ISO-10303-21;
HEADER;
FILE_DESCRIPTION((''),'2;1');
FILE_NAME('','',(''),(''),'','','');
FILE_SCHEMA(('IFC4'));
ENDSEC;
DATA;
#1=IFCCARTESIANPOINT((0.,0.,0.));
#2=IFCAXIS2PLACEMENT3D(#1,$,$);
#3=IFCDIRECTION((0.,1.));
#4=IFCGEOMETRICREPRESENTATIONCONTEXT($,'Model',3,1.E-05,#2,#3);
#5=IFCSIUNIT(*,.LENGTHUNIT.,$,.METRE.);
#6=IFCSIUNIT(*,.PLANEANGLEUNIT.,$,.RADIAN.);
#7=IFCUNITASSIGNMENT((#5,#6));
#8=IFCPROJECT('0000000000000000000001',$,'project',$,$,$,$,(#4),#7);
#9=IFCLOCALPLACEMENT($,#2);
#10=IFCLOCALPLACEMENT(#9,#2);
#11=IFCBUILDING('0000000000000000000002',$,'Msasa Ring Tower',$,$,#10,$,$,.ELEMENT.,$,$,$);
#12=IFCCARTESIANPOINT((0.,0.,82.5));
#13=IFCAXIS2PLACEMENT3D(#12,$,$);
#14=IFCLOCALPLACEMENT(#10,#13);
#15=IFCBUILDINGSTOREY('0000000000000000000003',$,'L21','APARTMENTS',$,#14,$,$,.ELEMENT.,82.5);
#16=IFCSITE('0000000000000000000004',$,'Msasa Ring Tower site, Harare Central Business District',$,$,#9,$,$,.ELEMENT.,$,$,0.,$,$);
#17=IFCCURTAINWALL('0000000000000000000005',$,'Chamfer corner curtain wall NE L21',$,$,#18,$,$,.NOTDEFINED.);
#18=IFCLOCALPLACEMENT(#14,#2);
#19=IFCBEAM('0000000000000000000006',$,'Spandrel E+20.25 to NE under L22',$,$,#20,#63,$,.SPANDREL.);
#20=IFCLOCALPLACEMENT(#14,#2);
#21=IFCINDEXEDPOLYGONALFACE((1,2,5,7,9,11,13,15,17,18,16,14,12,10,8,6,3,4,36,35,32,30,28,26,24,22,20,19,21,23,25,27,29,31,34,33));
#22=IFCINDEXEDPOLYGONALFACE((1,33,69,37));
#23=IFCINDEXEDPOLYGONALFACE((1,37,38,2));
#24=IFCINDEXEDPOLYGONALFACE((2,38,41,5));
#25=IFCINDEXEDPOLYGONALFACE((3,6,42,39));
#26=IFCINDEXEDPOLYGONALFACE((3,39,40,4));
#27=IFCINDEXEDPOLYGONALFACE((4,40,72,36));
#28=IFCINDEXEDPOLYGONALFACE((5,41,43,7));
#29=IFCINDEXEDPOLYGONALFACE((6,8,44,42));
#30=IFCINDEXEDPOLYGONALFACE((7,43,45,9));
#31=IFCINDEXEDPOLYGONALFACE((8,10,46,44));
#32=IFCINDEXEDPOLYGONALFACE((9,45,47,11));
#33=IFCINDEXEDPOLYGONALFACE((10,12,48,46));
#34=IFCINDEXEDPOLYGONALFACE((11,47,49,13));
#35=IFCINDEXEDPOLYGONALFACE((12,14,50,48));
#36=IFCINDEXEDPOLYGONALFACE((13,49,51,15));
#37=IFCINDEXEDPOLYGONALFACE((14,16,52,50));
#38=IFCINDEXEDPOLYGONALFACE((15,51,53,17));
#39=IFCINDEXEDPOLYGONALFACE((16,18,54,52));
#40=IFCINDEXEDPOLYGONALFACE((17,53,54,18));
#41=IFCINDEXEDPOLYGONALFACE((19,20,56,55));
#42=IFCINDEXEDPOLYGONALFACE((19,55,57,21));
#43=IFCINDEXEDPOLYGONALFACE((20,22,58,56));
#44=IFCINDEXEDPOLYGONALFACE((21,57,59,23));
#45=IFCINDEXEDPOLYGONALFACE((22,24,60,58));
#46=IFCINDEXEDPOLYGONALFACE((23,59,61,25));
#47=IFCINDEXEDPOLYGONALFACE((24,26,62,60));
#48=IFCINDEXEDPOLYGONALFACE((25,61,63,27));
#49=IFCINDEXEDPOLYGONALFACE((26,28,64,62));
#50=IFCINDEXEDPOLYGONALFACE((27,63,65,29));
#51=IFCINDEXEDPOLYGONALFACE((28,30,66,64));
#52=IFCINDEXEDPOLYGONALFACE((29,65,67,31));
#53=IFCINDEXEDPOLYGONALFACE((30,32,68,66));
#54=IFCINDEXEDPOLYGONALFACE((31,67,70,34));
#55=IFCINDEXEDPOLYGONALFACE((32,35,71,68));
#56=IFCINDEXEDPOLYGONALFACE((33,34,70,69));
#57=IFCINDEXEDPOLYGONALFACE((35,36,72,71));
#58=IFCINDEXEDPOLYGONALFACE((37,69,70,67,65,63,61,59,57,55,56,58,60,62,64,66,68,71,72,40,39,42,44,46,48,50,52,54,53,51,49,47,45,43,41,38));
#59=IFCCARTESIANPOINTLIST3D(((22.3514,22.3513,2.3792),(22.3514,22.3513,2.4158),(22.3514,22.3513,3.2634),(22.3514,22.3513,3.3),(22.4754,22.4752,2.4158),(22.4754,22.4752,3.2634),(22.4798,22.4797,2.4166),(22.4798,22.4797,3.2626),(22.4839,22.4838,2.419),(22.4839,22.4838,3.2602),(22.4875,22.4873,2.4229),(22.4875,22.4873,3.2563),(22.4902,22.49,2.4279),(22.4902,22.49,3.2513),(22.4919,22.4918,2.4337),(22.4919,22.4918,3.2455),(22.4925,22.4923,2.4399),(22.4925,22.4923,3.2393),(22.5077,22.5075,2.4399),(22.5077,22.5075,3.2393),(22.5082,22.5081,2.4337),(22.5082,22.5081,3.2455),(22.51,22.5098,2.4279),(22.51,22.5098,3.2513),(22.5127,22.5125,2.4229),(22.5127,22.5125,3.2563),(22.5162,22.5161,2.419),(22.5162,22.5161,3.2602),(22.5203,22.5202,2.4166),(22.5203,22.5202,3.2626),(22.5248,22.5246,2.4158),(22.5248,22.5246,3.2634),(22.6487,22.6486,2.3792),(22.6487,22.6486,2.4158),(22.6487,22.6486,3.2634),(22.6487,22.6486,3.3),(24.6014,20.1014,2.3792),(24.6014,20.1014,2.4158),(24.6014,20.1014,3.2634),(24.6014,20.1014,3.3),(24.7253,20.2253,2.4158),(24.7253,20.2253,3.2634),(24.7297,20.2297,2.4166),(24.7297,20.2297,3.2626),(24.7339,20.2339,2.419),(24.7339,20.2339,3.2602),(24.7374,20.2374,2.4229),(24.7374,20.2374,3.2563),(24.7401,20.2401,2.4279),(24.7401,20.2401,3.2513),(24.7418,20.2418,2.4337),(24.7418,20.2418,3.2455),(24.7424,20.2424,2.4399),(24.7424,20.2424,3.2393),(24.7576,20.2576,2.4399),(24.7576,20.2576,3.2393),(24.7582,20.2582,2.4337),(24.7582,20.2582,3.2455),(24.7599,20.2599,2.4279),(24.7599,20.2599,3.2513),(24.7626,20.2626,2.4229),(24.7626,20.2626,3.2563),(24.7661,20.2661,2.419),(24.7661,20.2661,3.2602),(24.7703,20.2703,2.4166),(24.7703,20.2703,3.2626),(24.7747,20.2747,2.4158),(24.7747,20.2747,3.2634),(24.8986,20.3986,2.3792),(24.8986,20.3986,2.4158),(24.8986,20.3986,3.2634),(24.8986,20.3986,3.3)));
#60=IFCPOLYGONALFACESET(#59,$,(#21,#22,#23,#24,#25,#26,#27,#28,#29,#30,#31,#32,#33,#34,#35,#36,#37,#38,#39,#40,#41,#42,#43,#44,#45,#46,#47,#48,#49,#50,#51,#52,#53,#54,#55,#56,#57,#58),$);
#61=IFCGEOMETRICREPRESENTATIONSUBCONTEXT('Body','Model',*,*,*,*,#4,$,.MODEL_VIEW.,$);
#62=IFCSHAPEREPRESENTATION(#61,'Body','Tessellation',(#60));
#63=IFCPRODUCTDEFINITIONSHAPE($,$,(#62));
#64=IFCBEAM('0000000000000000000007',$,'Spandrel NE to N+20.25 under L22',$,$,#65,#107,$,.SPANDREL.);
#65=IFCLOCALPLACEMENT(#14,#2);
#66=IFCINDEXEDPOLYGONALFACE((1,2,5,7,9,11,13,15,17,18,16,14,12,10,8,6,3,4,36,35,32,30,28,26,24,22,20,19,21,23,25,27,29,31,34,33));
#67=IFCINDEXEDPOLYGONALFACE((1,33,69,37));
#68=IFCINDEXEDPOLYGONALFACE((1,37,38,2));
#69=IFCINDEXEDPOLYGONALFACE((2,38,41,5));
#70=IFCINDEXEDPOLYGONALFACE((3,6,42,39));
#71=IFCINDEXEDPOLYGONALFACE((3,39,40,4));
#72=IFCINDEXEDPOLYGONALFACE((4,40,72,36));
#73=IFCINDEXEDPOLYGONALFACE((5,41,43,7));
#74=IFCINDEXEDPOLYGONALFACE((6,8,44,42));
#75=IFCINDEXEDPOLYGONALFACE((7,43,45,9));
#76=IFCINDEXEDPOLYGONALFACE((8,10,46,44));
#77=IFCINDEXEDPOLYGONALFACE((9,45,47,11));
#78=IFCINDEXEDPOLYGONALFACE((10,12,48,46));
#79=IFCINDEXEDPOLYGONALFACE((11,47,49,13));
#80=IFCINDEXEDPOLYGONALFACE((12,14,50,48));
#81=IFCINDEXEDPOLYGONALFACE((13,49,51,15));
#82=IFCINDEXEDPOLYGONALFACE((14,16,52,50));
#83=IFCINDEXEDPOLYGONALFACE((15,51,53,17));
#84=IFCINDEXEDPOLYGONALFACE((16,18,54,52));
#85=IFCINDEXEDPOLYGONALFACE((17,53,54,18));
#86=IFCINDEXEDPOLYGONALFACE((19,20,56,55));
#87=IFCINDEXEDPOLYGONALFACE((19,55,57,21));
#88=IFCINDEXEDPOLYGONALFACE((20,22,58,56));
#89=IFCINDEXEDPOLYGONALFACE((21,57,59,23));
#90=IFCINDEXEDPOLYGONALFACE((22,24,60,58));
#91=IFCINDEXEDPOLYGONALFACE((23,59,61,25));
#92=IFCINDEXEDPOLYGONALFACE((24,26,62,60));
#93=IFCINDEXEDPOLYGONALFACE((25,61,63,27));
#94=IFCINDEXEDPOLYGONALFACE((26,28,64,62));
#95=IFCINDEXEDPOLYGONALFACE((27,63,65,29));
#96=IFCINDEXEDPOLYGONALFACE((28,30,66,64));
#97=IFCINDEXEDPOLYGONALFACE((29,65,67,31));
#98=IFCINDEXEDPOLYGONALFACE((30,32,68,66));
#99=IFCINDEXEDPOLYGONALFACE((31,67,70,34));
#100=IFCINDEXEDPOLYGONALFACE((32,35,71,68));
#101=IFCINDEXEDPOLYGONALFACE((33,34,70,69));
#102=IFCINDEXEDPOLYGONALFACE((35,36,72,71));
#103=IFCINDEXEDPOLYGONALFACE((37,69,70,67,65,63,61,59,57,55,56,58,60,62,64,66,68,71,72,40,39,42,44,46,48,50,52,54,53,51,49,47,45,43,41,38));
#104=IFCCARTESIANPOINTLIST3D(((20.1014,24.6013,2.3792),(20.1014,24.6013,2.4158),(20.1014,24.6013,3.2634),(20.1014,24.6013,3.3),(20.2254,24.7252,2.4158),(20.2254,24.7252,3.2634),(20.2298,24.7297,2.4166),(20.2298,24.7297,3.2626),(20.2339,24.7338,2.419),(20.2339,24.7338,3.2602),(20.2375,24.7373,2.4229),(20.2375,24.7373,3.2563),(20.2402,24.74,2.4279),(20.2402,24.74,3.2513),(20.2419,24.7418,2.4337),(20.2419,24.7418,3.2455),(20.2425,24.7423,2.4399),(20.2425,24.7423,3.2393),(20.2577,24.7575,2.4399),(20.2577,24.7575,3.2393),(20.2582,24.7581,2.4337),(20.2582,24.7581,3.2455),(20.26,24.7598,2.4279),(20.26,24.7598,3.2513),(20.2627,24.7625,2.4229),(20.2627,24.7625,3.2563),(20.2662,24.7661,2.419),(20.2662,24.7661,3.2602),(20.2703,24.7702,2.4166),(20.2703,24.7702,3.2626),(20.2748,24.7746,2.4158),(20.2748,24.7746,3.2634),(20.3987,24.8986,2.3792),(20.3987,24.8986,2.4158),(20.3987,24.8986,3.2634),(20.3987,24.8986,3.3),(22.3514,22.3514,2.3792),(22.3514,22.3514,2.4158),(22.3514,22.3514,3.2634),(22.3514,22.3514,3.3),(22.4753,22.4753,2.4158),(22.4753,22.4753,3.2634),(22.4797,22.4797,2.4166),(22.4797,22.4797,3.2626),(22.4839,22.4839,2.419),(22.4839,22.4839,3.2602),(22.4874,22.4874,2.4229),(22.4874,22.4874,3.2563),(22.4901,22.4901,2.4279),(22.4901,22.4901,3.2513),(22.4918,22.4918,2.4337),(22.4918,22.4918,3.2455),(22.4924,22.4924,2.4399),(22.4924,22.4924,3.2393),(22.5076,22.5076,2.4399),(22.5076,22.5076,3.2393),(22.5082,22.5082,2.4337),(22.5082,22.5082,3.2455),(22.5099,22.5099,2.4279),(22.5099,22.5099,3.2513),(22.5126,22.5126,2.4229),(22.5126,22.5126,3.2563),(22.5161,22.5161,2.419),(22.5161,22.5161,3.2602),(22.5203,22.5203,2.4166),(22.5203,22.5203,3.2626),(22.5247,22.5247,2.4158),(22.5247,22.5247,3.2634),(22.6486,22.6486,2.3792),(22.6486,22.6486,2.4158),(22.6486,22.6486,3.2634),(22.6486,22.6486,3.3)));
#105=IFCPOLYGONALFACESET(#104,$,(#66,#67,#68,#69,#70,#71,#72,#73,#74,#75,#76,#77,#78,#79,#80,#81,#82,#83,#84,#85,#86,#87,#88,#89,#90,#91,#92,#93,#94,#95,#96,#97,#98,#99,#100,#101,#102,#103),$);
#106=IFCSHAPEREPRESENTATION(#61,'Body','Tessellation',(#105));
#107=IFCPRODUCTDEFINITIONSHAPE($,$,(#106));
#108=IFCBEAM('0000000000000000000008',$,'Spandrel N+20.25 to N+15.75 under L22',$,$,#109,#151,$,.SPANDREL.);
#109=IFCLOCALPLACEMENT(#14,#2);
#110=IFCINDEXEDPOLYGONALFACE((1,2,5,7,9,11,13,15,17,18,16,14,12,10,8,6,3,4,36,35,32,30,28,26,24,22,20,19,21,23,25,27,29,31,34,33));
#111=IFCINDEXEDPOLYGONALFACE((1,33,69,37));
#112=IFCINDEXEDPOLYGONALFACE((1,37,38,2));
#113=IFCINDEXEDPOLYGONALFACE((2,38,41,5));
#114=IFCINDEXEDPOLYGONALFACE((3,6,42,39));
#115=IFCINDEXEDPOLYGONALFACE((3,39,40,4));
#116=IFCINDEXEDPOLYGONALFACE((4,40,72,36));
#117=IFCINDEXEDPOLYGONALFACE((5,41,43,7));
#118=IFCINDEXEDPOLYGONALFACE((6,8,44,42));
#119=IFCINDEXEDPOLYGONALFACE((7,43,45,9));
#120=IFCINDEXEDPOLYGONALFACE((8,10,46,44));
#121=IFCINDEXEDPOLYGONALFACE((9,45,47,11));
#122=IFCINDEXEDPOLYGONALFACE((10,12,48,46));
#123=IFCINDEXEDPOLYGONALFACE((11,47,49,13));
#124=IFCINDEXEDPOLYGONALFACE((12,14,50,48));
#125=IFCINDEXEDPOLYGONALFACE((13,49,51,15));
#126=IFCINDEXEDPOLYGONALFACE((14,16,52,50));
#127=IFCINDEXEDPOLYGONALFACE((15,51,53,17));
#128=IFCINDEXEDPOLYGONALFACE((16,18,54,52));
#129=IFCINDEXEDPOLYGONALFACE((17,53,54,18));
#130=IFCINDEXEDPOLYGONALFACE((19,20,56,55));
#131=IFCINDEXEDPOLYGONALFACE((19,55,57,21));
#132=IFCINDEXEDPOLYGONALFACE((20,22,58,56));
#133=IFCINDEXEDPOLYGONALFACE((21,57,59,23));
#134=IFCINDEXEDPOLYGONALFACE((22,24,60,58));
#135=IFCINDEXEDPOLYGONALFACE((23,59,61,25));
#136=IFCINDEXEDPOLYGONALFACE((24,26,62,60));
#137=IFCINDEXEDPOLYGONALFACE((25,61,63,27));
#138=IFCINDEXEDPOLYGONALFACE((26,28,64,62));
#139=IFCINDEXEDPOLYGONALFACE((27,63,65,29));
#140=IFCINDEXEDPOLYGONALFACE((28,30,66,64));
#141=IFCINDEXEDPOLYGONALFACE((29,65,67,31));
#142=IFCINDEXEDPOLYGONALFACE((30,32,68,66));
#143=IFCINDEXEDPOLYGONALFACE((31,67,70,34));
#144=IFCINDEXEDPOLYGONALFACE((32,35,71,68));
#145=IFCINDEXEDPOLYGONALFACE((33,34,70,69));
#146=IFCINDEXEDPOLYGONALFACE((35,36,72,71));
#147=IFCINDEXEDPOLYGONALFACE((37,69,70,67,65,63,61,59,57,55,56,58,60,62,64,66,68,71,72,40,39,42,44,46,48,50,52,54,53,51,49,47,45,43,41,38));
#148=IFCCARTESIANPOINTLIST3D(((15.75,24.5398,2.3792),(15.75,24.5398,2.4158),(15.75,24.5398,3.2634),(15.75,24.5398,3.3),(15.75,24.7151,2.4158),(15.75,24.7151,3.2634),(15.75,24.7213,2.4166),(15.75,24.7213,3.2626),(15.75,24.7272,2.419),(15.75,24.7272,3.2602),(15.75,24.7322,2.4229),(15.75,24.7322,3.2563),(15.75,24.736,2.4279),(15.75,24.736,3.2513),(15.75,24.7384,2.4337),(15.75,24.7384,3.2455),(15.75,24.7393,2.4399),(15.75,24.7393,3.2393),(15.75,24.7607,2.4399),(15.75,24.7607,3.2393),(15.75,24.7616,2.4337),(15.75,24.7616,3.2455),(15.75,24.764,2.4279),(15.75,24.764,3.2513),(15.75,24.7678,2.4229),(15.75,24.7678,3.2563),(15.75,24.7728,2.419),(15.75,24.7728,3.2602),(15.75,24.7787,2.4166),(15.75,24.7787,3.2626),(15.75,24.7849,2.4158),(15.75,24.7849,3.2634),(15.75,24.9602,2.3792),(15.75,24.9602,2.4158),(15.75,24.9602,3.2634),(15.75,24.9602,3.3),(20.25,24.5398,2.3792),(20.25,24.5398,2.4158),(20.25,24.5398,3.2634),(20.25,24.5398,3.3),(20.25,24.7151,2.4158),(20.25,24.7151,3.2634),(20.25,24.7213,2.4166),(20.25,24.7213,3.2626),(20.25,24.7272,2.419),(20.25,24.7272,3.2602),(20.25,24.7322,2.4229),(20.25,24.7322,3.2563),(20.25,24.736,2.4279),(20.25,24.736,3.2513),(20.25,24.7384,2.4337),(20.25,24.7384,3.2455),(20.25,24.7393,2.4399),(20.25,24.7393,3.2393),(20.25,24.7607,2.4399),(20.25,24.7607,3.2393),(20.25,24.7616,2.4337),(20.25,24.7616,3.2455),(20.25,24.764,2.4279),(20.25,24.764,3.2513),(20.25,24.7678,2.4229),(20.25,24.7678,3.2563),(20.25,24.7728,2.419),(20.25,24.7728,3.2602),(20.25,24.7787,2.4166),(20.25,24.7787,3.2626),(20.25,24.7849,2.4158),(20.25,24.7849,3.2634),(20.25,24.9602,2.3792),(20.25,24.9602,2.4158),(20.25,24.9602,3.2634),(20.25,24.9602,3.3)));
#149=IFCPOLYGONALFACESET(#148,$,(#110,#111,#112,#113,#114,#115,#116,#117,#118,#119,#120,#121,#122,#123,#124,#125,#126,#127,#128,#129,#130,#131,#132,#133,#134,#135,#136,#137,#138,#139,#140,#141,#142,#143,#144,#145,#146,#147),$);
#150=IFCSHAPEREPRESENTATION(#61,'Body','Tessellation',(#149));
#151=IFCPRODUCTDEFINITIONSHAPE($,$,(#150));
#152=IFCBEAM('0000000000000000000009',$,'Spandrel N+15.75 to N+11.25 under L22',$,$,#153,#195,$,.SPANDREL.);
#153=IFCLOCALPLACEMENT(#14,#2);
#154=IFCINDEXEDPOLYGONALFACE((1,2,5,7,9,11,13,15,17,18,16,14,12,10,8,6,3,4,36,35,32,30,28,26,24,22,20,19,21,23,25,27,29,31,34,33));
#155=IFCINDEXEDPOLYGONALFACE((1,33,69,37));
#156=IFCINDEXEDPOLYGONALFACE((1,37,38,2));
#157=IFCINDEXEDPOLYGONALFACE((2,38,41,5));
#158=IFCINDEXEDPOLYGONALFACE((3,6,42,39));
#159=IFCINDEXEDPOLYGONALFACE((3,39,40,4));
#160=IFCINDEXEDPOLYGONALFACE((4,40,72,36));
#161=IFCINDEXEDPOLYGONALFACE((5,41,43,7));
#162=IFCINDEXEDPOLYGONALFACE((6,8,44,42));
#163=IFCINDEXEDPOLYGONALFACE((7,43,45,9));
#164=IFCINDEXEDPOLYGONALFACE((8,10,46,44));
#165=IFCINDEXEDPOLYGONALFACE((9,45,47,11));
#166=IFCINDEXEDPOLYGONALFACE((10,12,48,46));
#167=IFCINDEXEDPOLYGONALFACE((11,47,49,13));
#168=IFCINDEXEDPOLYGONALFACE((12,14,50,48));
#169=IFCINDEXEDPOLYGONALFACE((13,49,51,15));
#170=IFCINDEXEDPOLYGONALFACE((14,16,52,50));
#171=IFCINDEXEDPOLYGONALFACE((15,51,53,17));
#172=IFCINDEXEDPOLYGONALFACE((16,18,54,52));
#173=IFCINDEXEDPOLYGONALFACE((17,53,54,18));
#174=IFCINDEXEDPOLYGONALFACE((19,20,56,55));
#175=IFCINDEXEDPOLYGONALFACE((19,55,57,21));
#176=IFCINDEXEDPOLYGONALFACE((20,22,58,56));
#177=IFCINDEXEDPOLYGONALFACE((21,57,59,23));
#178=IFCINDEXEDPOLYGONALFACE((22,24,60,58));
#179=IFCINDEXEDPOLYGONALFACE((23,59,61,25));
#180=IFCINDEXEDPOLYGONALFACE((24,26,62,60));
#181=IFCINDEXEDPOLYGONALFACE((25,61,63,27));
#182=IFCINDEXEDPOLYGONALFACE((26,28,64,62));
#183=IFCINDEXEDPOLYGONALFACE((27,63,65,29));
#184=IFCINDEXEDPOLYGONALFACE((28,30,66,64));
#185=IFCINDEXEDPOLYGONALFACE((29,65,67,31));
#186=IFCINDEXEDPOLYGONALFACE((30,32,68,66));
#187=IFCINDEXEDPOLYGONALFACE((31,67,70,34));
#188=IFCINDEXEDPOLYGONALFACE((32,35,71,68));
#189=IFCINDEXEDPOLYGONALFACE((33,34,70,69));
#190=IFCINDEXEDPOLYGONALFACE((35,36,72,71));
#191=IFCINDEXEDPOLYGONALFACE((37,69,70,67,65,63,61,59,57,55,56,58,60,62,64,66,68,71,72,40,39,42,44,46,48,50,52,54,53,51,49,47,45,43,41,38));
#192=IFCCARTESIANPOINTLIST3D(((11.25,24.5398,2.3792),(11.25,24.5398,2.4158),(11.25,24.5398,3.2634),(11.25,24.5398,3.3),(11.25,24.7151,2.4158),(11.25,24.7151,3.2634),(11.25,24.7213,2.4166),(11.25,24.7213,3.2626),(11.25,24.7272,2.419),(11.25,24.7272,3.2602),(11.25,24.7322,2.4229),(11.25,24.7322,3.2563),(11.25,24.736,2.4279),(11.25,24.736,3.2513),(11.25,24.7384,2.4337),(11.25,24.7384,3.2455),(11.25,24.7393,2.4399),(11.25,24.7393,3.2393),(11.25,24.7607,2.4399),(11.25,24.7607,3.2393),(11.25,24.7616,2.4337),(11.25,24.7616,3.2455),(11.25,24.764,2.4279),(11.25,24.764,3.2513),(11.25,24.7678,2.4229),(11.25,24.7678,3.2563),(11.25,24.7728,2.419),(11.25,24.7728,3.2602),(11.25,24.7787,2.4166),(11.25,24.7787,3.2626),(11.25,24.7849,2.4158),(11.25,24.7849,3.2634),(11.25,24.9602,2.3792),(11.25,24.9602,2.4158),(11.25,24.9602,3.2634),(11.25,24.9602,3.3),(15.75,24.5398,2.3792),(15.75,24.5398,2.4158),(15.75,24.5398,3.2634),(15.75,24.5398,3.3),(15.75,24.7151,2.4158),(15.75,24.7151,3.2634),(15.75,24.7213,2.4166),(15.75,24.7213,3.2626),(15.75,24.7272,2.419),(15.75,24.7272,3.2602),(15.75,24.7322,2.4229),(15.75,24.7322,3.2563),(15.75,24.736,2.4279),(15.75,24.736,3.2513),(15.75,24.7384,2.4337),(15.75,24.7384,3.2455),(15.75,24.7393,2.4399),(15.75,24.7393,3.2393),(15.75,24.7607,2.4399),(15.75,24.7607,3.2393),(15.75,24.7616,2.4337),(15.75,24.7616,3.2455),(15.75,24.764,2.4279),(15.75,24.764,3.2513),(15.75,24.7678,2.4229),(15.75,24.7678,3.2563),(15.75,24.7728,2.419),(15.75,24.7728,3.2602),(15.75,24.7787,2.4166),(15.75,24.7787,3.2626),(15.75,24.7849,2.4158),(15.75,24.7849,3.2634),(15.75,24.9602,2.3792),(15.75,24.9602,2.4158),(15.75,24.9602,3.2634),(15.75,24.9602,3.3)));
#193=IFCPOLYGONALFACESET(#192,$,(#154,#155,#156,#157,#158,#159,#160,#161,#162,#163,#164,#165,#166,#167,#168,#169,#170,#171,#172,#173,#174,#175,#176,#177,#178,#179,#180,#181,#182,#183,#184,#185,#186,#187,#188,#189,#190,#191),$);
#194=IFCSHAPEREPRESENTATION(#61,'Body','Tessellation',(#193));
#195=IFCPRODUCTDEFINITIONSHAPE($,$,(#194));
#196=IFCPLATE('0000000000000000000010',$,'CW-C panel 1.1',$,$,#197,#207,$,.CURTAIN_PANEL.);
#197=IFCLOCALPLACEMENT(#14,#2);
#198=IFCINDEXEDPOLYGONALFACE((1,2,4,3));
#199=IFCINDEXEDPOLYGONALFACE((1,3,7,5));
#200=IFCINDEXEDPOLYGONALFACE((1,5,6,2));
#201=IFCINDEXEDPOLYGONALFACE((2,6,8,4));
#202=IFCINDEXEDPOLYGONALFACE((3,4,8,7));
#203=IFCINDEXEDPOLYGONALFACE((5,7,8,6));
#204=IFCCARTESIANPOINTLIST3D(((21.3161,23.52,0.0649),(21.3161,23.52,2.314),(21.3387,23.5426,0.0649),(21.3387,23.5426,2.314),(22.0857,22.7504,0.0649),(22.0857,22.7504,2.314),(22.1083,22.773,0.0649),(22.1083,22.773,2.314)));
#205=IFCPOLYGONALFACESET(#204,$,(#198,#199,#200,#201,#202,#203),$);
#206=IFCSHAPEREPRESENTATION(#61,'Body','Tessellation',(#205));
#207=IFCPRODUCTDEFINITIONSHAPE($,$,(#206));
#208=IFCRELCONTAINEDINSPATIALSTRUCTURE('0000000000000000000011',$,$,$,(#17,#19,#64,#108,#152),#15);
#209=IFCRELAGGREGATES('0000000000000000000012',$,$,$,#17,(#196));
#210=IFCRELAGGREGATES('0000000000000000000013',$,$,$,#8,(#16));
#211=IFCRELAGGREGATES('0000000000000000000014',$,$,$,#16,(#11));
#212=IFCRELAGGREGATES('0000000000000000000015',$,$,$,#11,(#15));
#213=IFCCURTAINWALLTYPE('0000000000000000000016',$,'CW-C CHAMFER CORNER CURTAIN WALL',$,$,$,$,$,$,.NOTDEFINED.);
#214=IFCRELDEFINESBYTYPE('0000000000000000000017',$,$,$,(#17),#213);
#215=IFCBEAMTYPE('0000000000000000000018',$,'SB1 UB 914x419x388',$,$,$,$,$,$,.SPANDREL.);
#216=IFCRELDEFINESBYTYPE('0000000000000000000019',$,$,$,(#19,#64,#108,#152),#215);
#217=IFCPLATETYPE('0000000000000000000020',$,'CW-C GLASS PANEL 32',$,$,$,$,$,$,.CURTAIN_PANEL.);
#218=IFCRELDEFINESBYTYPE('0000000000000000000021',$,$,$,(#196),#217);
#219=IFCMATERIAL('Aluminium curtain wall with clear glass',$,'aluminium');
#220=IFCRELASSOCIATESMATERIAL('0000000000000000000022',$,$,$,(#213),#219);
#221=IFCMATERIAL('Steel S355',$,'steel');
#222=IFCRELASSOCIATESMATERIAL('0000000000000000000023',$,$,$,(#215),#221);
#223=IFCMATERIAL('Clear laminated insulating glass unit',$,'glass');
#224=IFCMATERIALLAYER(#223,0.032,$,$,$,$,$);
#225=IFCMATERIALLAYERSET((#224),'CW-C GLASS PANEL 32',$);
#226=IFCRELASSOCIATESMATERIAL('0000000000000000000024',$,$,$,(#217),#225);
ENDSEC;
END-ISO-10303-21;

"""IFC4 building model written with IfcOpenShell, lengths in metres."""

from ifc_helpers import new_model, si_unit, direction, frame, origin, origin_2d, place, context, subcontext, project, spatial, rectangle, i_section, extrude, material, layer, layer_set, material_profile, profile_set, type_object, element, aggregate, save


model = new_model("IFC4")

# Units and contexts
model_context = context("Model", 3, precision=1e-05, world=origin(), true_north=direction((0.0, 1.0)))
body_context = subcontext(model_context, "Body", "Model", "MODEL_VIEW")
ifc_project = project(units=[si_unit("LENGTHUNIT", "METRE"), si_unit("PLANEANGLEUNIT", "RADIAN")], contexts=[model_context])

# Site, building, storey
site_placement = place(None, origin())
site = spatial("IfcSite", under=ifc_project, at=site_placement, Name="Msasa Ring Tower site, Harare Central Business District", CompositionType="ELEMENT", RefElevation=0.0)
building_placement = place(site_placement, origin())
building = spatial("IfcBuilding", under=site, at=building_placement, Name="Msasa Ring Tower", CompositionType="ELEMENT")
storey_placement = place(building_placement, frame((0.0, 0.0, 82.5)))
storey = spatial("IfcBuildingStorey", under=building, at=storey_placement, Name="L21", Description="APARTMENTS", CompositionType="ELEMENT", Elevation=82.5)

# Curtain wall
ifc_material_1 = material(Name="Aluminium curtain wall with clear glass", Category="aluminium")
curtain_wall_type = type_object("IfcCurtainWallType", Name="CW-C CHAMFER CORNER CURTAIN WALL", PredefinedType="NOTDEFINED", material=ifc_material_1)
curtain_wall_1_placement = place(storey_placement, origin())
curtain_wall_1 = element("IfcCurtainWall", 1, at=curtain_wall_1_placement, inside=storey, type_object=curtain_wall_type, Name="Chamfer corner curtain wall NE L21", PredefinedType="NOTDEFINED")

# Beams
ifc_material_2 = material(Name="Steel S355", Category="steel")
ifc_material_profile_1 = material_profile(ifc_material_2, i_section(OverallWidth=0.4204, OverallDepth=0.9209, WebThickness=0.0215, FlangeThickness=0.0366, FilletRadius=0.0242, at=origin_2d()), Name="UB 914x419x388")
ifc_profile_set_1 = profile_set([ifc_material_profile_1], Name="Steel S355")
beam_type_1 = type_object("IfcBeamType", Name="SB1 UB 914x419x388", PredefinedType="SPANDREL", material=ifc_profile_set_1)
for number, where, z_axis, x_axis, name in (
    (2, (24.75, 20.25, 2.8396), (-0.707107, 0.707107, 0.0), (-0.707107, -0.707107, 0.0), "Spandrel E+20.25 to NE under L22"),
    (3, (22.5, 22.5, 2.8396), (-0.707107, 0.707107, 0.0), (-0.707107, -0.707107, 0.0), "Spandrel NE to N+20.25 under L22"),
):
    element("IfcBeam", number, at=place(storey_placement, frame(where, z_axis=z_axis, x_axis=x_axis)), inside=storey, type_object=beam_type_1, Name=name, PredefinedType="SPANDREL", context=body_context, shape_type="SweptSolid", body=[
        extrude(i_section(OverallWidth=0.4204, OverallDepth=0.9209, WebThickness=0.0215, FlangeThickness=0.0366, FilletRadius=0.0242, at=origin_2d()), origin(), (0.0, 0.0, 1.0), 3.1819),
    ])
for number, where, z_axis, x_axis, name in (
    (4, (20.25, 24.75, 2.8396), (-1.0, 0.0, 0.0), (0.0, -1.0, 0.0), "Spandrel N+20.25 to N+15.75 under L22"),
    (5, (15.75, 24.75, 2.8396), (-1.0, 0.0, 0.0), (0.0, -1.0, 0.0), "Spandrel N+15.75 to N+11.25 under L22"),
):
    element("IfcBeam", number, at=place(storey_placement, frame(where, z_axis=z_axis, x_axis=x_axis)), inside=storey, type_object=beam_type_1, Name=name, PredefinedType="SPANDREL", context=body_context, shape_type="SweptSolid", body=[
        extrude(i_section(OverallWidth=0.4204, OverallDepth=0.9209, WebThickness=0.0215, FlangeThickness=0.0366, FilletRadius=0.0242, at=origin_2d()), origin(), (0.0, 0.0, 1.0), 4.5),
    ])

# Plate
ifc_material_3 = material(Name="Clear laminated insulating glass unit", Category="glass")
ifc_layer_1 = layer(ifc_material_3, 0.032)
ifc_layer_set_1 = layer_set([ifc_layer_1], Name="CW-C GLASS PANEL 32")
plate_type = type_object("IfcPlateType", Name="CW-C GLASS PANEL 32", PredefinedType="CURTAIN_PANEL", material=ifc_layer_set_1)
plate_1_placement = place(storey_placement, frame((21.7122, 23.1465, 0.0649), z_axis=(0.0, 0.0, 1.0), x_axis=(-0.707107, 0.707107, 0.0)))
plate_1 = element("IfcPlate", 6, at=plate_1_placement, type_object=plate_type, Name="CW-C panel 1.1", PredefinedType="CURTAIN_PANEL", context=body_context, shape_type="SweptSolid", body=[
    extrude(rectangle(XDim=1.0884, YDim=0.032, at=origin_2d()), origin(), (0.0, 0.0, 1.0), 2.249),
])
aggregate(curtain_wall_1, [plate_1])

save(model, "model.ifc")
